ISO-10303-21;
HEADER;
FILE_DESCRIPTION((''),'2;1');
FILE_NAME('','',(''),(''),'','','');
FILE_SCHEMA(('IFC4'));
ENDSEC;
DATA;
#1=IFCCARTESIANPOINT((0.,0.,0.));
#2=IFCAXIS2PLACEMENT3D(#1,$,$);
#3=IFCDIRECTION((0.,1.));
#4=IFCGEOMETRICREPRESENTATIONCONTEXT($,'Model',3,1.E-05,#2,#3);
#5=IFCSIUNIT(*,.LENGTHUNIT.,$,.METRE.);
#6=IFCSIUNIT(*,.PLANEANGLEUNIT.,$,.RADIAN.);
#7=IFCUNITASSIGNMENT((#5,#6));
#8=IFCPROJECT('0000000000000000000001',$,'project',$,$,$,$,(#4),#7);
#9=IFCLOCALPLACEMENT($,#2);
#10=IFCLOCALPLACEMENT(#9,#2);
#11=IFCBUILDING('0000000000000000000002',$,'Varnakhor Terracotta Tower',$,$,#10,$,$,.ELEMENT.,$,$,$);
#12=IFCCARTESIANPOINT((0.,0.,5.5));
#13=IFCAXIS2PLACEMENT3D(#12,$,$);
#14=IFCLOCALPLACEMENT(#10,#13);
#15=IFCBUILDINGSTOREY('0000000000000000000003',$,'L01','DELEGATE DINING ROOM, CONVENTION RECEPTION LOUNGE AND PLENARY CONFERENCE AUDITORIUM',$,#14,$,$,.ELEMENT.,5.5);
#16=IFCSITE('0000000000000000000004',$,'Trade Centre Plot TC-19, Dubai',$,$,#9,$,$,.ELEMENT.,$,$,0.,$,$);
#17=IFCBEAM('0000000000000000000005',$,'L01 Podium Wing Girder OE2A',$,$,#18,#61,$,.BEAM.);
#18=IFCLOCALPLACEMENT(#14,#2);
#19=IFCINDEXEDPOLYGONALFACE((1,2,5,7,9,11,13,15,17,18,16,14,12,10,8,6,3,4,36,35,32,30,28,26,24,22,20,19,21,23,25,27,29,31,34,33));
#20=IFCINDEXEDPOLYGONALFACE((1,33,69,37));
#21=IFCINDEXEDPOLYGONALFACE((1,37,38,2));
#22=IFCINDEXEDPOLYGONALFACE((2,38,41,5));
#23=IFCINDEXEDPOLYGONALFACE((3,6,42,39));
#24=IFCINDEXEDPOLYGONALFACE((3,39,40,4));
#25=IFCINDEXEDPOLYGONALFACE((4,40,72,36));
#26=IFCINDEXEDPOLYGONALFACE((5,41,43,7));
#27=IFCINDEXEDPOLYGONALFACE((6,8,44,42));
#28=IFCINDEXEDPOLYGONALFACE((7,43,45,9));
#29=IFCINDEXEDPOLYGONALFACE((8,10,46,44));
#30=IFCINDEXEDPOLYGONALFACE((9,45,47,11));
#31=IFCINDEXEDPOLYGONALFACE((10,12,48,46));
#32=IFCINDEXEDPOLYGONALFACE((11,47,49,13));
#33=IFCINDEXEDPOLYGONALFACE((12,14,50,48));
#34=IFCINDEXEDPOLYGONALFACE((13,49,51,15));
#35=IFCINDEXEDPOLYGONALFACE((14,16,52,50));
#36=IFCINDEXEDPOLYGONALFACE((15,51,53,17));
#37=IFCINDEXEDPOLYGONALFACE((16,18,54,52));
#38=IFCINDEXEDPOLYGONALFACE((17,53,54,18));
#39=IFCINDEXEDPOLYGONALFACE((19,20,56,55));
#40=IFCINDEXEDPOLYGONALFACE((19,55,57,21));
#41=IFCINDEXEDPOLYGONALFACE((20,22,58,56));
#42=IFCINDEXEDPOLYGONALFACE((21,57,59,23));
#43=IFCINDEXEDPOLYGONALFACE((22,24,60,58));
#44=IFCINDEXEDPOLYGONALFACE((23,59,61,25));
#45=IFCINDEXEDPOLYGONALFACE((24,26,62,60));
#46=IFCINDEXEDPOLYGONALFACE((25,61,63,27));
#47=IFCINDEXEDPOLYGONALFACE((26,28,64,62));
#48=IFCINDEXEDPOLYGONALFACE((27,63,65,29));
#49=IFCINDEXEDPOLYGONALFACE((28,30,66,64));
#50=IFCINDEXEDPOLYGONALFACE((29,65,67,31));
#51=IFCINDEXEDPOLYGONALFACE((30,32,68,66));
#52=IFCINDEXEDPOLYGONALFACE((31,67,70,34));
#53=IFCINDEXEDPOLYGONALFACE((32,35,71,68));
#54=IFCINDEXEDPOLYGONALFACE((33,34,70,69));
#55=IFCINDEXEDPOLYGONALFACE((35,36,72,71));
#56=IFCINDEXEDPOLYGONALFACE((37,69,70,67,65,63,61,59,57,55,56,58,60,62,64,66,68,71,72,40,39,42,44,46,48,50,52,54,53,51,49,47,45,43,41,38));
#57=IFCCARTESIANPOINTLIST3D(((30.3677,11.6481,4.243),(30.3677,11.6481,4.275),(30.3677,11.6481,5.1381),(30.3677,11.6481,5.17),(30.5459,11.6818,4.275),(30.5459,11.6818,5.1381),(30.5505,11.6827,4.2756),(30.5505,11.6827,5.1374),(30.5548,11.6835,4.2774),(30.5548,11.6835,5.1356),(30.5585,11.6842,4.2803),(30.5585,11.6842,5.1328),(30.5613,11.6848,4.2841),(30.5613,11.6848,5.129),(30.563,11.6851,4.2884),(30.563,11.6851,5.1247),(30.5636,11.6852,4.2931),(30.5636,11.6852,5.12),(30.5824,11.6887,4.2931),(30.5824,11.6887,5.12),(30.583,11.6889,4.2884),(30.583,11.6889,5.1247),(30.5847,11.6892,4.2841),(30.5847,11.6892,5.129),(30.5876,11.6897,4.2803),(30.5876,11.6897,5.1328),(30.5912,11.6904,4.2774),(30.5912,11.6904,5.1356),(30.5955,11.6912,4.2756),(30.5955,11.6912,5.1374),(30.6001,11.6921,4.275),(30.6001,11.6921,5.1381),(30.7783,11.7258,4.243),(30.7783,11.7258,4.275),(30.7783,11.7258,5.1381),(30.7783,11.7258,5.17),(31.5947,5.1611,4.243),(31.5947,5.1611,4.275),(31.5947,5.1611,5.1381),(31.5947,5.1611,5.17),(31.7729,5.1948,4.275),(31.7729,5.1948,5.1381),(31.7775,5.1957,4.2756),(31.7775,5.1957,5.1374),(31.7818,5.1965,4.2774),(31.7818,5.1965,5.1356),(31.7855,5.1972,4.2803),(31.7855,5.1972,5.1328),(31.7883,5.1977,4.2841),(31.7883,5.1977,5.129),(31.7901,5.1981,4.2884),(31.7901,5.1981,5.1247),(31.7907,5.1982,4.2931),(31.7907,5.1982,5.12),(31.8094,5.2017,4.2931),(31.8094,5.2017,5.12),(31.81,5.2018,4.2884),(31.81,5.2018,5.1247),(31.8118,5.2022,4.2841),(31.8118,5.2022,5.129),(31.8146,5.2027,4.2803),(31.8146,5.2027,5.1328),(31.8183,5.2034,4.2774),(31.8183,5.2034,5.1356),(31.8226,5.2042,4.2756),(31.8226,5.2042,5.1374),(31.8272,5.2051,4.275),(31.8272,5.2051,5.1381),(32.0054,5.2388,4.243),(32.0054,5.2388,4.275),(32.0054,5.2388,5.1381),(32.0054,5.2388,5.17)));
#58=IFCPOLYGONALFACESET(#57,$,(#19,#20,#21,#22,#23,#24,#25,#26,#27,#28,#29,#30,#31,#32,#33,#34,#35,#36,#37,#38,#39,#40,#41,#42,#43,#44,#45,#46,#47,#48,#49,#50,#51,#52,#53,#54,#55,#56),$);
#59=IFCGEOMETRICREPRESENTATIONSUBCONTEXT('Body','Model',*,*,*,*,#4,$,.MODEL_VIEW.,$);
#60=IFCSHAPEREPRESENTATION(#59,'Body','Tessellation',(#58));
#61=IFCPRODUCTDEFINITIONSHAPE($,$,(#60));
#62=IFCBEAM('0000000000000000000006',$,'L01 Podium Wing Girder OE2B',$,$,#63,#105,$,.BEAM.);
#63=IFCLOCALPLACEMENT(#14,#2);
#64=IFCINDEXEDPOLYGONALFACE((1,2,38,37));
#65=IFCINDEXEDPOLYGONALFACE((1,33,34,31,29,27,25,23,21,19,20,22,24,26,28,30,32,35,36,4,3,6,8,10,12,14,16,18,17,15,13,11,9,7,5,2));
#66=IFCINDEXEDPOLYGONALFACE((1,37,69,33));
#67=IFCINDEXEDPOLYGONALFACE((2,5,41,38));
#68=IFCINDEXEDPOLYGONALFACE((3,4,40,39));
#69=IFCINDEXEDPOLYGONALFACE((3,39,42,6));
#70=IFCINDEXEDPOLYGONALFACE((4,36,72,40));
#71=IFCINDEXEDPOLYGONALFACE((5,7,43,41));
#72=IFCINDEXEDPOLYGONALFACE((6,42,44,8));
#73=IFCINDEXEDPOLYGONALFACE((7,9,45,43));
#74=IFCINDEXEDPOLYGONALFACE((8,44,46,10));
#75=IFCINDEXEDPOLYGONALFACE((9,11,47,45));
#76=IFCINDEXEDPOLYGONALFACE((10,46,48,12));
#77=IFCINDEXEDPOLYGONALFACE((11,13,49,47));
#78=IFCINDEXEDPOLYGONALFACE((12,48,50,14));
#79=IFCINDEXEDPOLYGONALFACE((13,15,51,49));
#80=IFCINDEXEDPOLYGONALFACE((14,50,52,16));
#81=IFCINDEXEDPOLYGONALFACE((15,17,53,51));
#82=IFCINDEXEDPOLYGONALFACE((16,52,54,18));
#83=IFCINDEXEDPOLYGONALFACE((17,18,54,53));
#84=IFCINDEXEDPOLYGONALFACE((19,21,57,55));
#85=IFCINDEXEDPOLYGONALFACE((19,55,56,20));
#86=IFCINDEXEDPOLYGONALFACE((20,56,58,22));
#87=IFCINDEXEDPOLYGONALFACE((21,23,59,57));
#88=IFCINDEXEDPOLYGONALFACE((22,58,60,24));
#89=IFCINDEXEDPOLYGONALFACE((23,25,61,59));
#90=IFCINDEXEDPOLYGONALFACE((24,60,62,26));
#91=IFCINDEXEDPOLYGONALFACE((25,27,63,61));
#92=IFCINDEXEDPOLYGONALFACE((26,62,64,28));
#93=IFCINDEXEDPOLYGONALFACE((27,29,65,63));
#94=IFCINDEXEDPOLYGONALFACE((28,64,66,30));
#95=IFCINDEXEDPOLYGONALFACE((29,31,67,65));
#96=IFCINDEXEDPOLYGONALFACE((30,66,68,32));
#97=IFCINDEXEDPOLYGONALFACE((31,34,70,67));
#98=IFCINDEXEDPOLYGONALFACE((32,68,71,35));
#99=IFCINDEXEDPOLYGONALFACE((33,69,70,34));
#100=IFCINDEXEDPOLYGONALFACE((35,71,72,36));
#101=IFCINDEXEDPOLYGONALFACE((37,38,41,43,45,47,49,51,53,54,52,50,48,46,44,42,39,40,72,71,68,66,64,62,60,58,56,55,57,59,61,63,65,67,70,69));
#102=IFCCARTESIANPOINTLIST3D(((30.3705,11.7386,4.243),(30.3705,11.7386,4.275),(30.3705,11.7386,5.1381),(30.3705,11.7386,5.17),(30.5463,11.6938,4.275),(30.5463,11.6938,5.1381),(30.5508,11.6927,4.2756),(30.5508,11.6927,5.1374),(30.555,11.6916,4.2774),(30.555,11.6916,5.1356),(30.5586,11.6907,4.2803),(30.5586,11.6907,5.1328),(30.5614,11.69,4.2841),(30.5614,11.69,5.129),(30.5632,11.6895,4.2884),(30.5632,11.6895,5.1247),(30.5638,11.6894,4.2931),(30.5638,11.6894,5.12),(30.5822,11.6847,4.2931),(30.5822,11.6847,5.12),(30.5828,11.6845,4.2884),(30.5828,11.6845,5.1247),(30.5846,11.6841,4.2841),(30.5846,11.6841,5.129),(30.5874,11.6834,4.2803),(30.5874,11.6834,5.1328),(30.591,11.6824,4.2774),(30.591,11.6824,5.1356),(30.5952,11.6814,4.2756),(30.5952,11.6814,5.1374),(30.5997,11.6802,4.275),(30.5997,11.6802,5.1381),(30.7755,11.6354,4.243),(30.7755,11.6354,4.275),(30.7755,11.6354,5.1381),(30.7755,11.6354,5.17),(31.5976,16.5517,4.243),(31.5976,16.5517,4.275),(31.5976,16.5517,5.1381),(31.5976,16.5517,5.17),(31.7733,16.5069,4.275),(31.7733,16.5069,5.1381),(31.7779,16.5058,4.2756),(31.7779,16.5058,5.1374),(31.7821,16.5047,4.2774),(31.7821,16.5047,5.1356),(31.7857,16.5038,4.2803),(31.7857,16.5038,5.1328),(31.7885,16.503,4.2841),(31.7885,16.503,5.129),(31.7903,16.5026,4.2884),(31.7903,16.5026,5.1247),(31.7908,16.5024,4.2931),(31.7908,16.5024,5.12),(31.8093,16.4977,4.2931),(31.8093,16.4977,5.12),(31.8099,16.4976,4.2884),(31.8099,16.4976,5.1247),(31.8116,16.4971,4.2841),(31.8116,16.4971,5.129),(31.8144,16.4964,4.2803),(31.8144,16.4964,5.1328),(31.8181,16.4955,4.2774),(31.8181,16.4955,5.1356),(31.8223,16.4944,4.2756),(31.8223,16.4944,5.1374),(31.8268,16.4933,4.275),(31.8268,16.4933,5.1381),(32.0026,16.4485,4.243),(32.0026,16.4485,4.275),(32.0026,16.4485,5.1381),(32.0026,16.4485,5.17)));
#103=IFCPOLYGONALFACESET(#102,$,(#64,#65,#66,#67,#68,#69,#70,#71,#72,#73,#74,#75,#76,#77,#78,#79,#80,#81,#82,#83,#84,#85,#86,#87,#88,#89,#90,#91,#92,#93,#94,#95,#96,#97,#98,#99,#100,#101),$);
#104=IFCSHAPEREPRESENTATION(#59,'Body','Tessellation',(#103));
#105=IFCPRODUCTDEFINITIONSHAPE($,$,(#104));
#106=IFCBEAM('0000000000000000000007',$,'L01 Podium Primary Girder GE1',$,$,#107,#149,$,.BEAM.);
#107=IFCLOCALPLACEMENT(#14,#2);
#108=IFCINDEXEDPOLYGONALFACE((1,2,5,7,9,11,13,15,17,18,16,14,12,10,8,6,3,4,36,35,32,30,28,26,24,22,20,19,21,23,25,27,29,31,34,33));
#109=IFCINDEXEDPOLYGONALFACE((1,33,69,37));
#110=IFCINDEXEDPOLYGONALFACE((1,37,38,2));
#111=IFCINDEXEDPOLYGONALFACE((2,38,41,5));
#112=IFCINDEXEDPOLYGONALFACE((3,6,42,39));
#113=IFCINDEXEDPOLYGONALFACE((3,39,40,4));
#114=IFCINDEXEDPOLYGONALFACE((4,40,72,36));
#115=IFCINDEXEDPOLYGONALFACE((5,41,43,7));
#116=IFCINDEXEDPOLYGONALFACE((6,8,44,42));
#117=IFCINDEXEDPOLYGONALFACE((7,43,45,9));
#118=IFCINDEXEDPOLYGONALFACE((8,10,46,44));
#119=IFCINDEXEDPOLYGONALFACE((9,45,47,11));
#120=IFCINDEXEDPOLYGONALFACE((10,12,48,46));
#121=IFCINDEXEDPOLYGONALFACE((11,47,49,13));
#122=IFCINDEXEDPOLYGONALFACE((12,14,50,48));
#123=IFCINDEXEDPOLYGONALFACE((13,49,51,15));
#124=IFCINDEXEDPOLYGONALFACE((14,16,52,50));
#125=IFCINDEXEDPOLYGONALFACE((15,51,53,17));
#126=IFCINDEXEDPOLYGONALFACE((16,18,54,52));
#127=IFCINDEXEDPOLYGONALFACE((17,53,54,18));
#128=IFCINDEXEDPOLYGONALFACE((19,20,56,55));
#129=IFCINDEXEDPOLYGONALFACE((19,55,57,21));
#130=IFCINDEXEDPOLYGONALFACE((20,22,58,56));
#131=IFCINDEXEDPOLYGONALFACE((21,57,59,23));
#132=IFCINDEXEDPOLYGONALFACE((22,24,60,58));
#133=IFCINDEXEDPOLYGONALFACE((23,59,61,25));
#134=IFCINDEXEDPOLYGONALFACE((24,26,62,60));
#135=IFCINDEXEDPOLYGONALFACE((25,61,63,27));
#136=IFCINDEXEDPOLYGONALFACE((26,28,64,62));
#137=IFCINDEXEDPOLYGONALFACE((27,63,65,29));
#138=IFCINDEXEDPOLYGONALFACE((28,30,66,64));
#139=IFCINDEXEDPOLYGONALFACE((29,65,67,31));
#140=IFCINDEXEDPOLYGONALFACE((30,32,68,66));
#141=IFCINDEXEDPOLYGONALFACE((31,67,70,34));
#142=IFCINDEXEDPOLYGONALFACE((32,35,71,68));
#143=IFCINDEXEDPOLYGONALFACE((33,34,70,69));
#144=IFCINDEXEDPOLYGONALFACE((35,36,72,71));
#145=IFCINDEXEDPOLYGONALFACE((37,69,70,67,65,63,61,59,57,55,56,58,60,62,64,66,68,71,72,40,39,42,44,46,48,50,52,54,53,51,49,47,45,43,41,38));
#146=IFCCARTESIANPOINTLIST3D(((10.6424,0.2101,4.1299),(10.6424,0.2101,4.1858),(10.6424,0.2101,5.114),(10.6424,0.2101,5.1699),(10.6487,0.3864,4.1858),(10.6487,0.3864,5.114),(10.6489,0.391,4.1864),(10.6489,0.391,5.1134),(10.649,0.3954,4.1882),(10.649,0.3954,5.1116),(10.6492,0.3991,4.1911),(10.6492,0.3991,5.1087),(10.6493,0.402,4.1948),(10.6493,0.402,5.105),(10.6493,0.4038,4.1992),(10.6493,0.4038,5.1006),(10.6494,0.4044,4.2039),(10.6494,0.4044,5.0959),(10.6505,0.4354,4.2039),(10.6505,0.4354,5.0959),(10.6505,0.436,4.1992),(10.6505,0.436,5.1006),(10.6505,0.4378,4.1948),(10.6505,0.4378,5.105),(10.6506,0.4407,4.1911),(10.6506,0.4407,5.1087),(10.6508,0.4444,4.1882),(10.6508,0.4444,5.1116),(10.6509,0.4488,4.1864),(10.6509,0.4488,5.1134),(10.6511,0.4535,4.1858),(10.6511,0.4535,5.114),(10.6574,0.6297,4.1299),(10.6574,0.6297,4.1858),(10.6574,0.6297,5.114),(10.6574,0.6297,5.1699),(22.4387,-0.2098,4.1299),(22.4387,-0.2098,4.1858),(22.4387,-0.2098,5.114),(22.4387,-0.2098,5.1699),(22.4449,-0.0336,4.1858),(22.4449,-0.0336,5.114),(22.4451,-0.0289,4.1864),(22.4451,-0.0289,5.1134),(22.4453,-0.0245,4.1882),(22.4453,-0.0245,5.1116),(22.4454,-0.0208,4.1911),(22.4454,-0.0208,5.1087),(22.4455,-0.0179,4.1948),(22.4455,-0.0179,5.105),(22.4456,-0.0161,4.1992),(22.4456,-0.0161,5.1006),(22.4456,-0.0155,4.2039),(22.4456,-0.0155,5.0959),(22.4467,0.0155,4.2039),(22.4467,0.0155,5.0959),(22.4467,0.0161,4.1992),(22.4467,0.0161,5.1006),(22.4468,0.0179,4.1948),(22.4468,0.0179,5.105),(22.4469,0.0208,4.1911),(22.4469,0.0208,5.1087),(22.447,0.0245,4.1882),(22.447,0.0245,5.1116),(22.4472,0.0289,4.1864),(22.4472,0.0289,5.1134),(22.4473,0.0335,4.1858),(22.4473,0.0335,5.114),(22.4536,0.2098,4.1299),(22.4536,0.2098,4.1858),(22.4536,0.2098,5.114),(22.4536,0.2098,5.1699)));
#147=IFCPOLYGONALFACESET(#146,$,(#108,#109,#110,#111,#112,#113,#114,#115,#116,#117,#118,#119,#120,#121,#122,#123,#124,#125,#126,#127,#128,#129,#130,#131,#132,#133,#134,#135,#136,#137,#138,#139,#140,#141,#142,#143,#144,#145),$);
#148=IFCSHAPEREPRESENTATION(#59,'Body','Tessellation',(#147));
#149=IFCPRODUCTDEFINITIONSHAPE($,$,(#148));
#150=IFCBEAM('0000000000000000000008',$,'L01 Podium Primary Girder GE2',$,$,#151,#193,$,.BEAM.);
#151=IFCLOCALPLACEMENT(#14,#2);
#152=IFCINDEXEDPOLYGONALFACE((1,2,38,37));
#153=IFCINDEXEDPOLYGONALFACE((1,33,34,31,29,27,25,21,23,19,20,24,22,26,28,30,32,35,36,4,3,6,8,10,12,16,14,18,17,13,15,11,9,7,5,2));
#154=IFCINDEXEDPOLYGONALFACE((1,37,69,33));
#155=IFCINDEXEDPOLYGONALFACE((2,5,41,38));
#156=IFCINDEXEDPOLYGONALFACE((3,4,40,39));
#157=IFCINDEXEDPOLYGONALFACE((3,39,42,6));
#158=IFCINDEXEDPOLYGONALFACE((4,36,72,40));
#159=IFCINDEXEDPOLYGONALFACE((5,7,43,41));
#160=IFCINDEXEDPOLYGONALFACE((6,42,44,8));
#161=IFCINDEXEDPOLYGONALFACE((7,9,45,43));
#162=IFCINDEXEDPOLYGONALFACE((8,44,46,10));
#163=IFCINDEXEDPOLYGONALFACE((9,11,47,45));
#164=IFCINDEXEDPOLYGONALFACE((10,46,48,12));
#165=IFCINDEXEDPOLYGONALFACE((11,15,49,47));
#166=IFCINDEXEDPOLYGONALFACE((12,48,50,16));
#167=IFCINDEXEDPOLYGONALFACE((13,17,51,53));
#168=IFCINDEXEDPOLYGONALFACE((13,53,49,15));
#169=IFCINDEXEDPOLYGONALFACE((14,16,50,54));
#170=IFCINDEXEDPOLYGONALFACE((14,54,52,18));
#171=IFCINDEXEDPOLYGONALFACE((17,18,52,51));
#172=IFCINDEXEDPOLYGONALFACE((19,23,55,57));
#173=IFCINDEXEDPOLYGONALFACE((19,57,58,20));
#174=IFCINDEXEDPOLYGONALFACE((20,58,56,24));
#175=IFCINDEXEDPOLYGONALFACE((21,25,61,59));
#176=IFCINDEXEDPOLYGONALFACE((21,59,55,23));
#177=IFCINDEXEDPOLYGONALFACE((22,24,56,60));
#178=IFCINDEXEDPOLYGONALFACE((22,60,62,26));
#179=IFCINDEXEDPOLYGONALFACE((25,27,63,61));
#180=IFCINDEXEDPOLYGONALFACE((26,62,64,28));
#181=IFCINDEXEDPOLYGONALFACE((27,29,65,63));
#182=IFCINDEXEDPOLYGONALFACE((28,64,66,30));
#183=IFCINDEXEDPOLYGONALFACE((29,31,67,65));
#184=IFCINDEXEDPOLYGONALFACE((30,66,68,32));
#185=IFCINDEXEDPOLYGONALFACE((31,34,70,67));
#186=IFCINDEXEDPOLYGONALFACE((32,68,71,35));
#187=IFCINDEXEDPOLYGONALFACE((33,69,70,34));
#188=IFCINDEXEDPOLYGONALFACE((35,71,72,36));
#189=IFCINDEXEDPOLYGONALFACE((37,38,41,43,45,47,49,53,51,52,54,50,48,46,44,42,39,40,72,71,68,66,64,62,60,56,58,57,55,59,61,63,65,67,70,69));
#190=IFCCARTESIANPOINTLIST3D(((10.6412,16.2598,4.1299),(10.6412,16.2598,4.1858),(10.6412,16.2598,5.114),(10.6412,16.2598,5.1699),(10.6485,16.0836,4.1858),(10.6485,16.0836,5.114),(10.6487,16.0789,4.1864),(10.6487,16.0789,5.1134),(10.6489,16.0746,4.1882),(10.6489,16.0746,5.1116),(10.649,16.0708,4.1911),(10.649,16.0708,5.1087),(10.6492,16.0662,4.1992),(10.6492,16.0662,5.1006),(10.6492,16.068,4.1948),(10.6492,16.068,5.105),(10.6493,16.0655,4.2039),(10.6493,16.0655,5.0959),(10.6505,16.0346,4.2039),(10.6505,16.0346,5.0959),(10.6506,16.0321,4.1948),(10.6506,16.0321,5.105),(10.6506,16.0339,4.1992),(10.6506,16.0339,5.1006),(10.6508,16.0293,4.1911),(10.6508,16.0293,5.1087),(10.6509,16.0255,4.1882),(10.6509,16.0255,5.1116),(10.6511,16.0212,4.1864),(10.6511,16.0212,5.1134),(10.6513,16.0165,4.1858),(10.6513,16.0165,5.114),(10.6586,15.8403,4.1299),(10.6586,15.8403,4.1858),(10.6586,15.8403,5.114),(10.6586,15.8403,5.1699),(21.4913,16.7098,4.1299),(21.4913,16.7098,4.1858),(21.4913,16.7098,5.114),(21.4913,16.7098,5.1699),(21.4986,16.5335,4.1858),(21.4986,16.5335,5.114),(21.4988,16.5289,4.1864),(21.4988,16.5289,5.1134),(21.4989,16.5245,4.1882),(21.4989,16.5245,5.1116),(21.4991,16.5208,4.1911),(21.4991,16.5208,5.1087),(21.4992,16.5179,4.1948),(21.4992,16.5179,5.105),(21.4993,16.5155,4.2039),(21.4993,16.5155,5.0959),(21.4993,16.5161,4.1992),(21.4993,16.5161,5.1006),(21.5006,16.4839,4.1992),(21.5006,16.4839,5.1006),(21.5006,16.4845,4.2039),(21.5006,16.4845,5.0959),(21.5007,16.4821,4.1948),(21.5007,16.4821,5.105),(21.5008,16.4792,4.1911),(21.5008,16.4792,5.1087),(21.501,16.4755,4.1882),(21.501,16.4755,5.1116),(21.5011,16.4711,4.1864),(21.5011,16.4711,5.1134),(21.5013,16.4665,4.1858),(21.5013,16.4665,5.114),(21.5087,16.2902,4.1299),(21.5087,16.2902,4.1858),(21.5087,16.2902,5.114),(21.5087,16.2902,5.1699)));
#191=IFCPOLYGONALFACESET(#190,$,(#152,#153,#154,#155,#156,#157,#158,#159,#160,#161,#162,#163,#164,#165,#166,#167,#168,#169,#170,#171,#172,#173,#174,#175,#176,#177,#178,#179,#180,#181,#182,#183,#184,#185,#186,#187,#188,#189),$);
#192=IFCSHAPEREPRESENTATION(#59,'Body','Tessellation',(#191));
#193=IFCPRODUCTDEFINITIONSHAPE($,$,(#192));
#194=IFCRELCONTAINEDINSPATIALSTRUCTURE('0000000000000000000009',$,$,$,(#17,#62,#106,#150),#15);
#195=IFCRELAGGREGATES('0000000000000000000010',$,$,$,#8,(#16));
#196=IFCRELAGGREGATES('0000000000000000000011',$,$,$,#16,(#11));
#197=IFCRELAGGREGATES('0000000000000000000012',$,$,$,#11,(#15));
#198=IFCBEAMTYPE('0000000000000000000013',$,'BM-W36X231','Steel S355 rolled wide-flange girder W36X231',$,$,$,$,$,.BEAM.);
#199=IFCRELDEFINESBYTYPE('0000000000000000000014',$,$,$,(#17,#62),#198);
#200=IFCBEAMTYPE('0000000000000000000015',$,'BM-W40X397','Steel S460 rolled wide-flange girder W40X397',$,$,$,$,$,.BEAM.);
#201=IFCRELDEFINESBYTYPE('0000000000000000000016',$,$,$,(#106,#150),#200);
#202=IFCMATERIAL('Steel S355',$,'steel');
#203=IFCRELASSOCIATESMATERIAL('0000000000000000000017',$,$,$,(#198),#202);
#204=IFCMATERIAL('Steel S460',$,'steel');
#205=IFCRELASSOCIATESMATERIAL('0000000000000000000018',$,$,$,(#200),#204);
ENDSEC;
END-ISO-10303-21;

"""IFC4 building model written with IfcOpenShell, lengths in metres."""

from ifc_helpers import new_model, si_unit, direction, frame, origin, origin_2d, place, context, subcontext, project, spatial, i_section, extrude, source, transform, mapped, material, material_profile, profile_set, type_object, type_shapes, element, save


model = new_model("IFC4")

# Units and contexts
model_context = context("Model", 3, precision=1e-05, world=origin(), true_north=direction((0.0, 1.0)))
body_context = subcontext(model_context, "Body", "Model", "MODEL_VIEW")
ifc_project = project(units=[si_unit("LENGTHUNIT", "METRE"), si_unit("PLANEANGLEUNIT", "RADIAN")], contexts=[model_context])

# Site, building, storey
site_placement = place(None, origin())
site = spatial("IfcSite", under=ifc_project, at=site_placement, Name="Trade Centre Plot TC-19, Dubai", CompositionType="ELEMENT", RefElevation=0.0)
building_placement = place(site_placement, origin())
building = spatial("IfcBuilding", under=site, at=building_placement, Name="Varnakhor Terracotta Tower", CompositionType="ELEMENT")
storey_placement = place(building_placement, frame((0.0, 0.0, 5.5)))
storey = spatial("IfcBuildingStorey", under=building, at=storey_placement, Name="L01", Description="DELEGATE DINING ROOM, CONVENTION RECEPTION LOUNGE AND PLENARY CONFERENCE AUDITORIUM", CompositionType="ELEMENT", Elevation=5.5)

# Shared definitions
ifc_material_1 = material(Name="Steel S460", Category="steel")

# Beams
ifc_material_2 = material(Name="Steel S355", Category="steel")
ifc_material_profile_1 = material_profile(ifc_material_2, i_section(OverallWidth=0.418, OverallDepth=0.927, WebThickness=0.019, FlangeThickness=0.032, FilletRadius=0.0181, at=origin_2d()), Name="W36X231")
ifc_profile_set_1 = profile_set([ifc_material_profile_1], Name="Steel S355")
beam_type_1 = type_object("IfcBeamType", Name="BM-W36X231", Description="Steel S355 rolled wide-flange girder W36X231", PredefinedType="BEAM", material=ifc_profile_set_1)
shared_shape_1 = source(origin(), body_context, "Body", "SweptSolid", [
    extrude(i_section(OverallWidth=0.418, OverallDepth=0.927, WebThickness=0.019, FlangeThickness=0.032, FilletRadius=0.0181, at=origin_2d()), origin(), (0.0, 0.0, 1.0), 6.6021),
])
beam_1_placement = place(storey_placement, frame((31.8, 5.2, 4.7065), z_axis=(-0.185858, 0.982577, 0.0), x_axis=(-0.982577, -0.185858, 0.0)))
element("IfcBeam", 1, at=beam_1_placement, inside=storey, type_object=beam_type_1, Name="L01 Podium Wing Girder OE2A", PredefinedType="BEAM", context=body_context, shape_type="MappedRepresentation", body=[
    mapped(shared_shape_1, transform((0.0, 0.0, 0.0), scale=1.0)),
])
shared_shape_2 = source(origin(), body_context, "Body", "SweptSolid", [
    extrude(i_section(OverallWidth=0.418, OverallDepth=0.927, WebThickness=0.019, FlangeThickness=0.032, FilletRadius=0.0181, at=origin_2d()), origin(), (0.0, 0.0, 1.0), 4.967),
])
beam_2_placement = place(storey_placement, frame((30.573, 11.687, 4.7065), z_axis=(0.247044, 0.969004, 0.0), x_axis=(-0.969004, 0.247044, 0.0)))
element("IfcBeam", 2, at=beam_2_placement, inside=storey, type_object=beam_type_1, Name="L01 Podium Wing Girder OE2B", PredefinedType="BEAM", context=body_context, shape_type="MappedRepresentation", body=[
    mapped(shared_shape_2, transform((0.0, 0.0, 0.0), scale=1.0)),
])
ifc_material_profile_2 = material_profile(ifc_material_1, i_section(OverallWidth=0.4199, OverallDepth=1.04, WebThickness=0.031, FlangeThickness=0.0559, FilletRadius=0.0181, at=origin_2d()), Name="W40X397")
ifc_profile_set_2 = profile_set([ifc_material_profile_2], Name="Steel S460")
beam_type_2 = type_object("IfcBeamType", Name="BM-W40X397", Description="Steel S460 rolled wide-flange girder W40X397", PredefinedType="BEAM", material=ifc_profile_set_2)
shared_shape_3 = source(origin(), body_context, "Body", "SweptSolid", [
    extrude(i_section(OverallWidth=0.4199, OverallDepth=1.04, WebThickness=0.031, FlangeThickness=0.0559, FilletRadius=0.0181, at=origin_2d()), origin(), (0.0, 0.0, 1.0), 11.8037),
])
type_shapes(beam_type_2, [shared_shape_3])
beam_3_placement = place(storey_placement, frame((10.6499, 0.4199, 4.6499), z_axis=(0.999367, -0.035576, 0.0), x_axis=(0.035576, 0.999367, 0.0)))
element("IfcBeam", 3, at=beam_3_placement, inside=storey, type_object=beam_type_2, Name="L01 Podium Primary Girder GE1", PredefinedType="BEAM", context=body_context, shape_type="MappedRepresentation", body=[
    mapped(shared_shape_3, transform((0.0, 0.0, 0.0), scale=1.0)),
])
shared_shape_4 = source(origin(), body_context, "Body", "SweptSolid", [
    extrude(i_section(OverallWidth=0.4199, OverallDepth=1.04, WebThickness=0.031, FlangeThickness=0.0559, FilletRadius=0.0181, at=origin_2d()), origin(), (0.0, 0.0, 1.0), 10.8594),
])
beam_4_placement = place(storey_placement, frame((10.6499, 16.05, 4.6499), z_axis=(0.999141, 0.041434, 0.0), x_axis=(-0.041434, 0.999141, 0.0)))
element("IfcBeam", 4, at=beam_4_placement, inside=storey, type_object=beam_type_2, Name="L01 Podium Primary Girder GE2", PredefinedType="BEAM", context=body_context, shape_type="MappedRepresentation", body=[
    mapped(shared_shape_4, transform((0.0, 0.0, 0.0), scale=1.0)),
])

save(model, "model.ifc")
